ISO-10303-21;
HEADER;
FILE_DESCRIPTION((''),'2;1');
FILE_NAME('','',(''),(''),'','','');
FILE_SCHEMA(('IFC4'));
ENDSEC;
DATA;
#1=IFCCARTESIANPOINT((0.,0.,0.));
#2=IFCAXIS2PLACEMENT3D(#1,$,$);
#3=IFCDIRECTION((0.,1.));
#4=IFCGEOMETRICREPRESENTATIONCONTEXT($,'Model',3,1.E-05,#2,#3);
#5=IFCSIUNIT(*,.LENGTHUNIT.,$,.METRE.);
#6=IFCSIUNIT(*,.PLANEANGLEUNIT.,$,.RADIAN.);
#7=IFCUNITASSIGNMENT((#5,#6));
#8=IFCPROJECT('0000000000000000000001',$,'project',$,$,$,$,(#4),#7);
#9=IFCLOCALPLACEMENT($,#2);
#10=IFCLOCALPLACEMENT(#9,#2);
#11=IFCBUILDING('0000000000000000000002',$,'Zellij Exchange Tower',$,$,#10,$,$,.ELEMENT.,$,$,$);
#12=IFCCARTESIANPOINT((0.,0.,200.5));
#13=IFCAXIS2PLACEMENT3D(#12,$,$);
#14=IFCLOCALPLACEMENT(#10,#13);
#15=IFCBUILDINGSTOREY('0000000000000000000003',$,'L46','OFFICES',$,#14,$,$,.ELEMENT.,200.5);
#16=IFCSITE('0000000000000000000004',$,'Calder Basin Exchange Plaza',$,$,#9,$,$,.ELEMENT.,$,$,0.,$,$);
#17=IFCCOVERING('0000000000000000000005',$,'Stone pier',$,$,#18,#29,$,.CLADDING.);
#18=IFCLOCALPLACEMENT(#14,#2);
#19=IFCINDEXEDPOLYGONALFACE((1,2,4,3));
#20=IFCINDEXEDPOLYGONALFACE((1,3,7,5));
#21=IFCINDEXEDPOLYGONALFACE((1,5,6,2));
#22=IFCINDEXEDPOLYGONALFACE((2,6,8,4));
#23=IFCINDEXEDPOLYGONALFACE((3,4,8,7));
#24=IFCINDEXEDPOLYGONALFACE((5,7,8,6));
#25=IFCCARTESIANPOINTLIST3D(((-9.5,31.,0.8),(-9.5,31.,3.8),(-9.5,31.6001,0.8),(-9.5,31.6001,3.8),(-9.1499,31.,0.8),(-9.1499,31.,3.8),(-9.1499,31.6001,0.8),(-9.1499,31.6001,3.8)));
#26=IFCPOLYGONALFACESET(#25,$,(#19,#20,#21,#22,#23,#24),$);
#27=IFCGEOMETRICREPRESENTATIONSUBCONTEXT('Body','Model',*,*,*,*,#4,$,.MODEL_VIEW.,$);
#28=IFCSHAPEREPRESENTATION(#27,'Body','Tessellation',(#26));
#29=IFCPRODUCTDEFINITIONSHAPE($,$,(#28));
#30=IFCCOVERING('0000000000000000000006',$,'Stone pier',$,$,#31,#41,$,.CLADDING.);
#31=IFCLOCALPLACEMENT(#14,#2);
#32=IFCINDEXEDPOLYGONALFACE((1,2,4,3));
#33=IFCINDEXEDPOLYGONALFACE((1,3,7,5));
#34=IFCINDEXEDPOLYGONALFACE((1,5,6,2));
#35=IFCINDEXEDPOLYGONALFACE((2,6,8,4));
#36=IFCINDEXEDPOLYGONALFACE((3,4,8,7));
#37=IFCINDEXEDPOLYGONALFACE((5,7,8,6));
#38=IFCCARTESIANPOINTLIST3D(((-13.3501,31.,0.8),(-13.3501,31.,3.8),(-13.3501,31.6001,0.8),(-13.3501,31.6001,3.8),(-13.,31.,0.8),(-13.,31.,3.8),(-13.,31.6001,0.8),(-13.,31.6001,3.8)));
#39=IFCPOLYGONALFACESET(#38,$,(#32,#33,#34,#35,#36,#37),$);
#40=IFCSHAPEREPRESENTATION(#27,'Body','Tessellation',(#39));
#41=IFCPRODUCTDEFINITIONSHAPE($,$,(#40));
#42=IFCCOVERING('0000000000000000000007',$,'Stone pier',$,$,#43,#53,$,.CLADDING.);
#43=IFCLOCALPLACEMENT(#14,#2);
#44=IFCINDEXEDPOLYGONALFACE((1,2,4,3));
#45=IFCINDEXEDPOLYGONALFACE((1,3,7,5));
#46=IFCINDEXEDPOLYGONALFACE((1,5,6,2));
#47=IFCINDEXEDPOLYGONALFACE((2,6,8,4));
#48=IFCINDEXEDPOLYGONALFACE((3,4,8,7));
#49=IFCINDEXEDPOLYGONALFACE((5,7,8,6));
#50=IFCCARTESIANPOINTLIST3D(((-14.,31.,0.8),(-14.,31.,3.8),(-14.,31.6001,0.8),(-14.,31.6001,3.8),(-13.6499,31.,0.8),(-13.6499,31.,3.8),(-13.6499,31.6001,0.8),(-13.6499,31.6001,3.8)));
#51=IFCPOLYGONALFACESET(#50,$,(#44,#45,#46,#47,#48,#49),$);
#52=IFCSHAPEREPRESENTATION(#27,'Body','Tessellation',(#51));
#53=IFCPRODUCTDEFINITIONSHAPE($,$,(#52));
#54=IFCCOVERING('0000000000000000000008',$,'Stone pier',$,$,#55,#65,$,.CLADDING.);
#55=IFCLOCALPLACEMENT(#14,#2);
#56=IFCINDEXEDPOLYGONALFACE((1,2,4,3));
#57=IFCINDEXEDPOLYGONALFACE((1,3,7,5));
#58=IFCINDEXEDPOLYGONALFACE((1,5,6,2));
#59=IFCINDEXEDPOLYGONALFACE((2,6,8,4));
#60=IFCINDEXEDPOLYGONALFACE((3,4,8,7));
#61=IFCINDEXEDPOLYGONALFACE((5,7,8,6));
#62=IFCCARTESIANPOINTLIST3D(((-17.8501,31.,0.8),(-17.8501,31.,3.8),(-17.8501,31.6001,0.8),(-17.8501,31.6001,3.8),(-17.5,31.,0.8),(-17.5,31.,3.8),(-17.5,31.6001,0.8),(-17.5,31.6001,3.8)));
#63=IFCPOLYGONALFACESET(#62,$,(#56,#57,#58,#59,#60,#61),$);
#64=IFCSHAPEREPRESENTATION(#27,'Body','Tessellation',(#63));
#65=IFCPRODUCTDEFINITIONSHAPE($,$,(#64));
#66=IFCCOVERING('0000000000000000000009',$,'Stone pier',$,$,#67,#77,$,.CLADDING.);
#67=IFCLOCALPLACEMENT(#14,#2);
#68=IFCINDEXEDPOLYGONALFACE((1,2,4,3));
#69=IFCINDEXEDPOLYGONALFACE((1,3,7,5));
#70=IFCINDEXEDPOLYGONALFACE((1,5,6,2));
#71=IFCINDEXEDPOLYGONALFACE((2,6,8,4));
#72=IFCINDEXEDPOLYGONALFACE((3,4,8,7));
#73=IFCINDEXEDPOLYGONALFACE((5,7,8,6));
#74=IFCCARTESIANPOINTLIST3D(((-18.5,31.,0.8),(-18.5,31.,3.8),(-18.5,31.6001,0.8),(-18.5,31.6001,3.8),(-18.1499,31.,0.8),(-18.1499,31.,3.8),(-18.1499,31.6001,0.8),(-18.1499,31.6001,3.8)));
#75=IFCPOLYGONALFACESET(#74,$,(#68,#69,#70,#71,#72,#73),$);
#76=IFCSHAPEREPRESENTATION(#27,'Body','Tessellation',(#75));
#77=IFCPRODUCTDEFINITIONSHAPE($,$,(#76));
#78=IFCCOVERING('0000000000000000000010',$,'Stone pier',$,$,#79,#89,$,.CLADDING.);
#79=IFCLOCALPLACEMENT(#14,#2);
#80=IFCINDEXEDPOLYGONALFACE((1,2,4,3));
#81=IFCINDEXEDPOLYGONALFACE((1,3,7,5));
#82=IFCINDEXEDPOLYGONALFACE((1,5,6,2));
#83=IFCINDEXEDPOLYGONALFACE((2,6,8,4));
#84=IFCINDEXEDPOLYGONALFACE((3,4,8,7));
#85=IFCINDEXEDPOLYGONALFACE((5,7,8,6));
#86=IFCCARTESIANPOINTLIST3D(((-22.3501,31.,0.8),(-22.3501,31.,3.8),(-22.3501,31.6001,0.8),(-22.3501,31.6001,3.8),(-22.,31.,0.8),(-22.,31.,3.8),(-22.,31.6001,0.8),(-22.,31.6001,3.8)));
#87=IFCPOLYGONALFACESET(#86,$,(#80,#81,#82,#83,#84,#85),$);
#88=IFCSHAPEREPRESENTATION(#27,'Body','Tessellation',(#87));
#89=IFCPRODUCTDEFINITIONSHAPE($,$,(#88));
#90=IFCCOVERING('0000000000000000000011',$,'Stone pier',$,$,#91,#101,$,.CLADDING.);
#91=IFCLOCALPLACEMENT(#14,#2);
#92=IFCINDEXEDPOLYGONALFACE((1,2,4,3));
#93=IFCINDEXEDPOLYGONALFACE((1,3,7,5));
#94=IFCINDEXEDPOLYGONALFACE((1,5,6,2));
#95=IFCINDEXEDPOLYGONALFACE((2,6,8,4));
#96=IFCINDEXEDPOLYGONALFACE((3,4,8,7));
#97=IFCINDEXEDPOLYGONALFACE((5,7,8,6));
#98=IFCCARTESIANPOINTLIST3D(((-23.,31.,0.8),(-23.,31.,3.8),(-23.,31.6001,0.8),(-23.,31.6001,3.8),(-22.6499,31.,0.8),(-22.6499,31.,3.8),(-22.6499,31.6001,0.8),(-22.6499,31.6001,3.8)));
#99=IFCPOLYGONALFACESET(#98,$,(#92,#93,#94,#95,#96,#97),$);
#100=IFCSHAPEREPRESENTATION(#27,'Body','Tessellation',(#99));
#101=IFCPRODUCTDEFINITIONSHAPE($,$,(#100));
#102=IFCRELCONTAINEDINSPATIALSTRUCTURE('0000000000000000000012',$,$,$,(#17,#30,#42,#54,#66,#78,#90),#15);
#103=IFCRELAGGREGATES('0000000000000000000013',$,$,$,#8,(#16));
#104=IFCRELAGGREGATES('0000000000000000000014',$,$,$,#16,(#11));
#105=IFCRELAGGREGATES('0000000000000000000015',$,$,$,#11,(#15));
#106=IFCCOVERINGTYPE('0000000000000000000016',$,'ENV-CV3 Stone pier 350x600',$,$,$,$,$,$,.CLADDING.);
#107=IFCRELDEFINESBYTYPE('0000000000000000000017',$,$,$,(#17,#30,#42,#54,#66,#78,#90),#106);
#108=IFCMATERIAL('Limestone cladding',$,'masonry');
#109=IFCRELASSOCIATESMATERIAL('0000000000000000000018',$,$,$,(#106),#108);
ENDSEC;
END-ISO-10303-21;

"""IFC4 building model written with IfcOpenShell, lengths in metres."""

from ifc_helpers import new_model, si_unit, direction, frame, origin, place, context, subcontext, project, spatial, polyline, outline, extrude, material, type_object, element, save


model = new_model("IFC4")

# Units and contexts
model_context = context("Model", 3, precision=1e-05, world=origin(), true_north=direction((0.0, 1.0)))
body_context = subcontext(model_context, "Body", "Model", "MODEL_VIEW")
ifc_project = project(units=[si_unit("LENGTHUNIT", "METRE"), si_unit("PLANEANGLEUNIT", "RADIAN")], contexts=[model_context])

# Site, building, storey
site_placement = place(None, origin())
site = spatial("IfcSite", under=ifc_project, at=site_placement, Name="Calder Basin Exchange Plaza", CompositionType="ELEMENT", RefElevation=0.0)
building_placement = place(site_placement, origin())
building = spatial("IfcBuilding", under=site, at=building_placement, Name="Zellij Exchange Tower", CompositionType="ELEMENT")
storey_placement = place(building_placement, frame((0.0, 0.0, 200.5)))
storey = spatial("IfcBuildingStorey", under=building, at=storey_placement, Name="L46", Description="OFFICES", CompositionType="ELEMENT", Elevation=200.5)

# Coverings
ifc_material = material(Name="Limestone cladding", Category="masonry")
covering_type = type_object("IfcCoveringType", Name="ENV-CV3 Stone pier 350x600", PredefinedType="CLADDING", material=ifc_material)
covering_1_placement = place(storey_placement, frame((0.0, 0.0, 0.8)))
element("IfcCovering", 1, at=covering_1_placement, inside=storey, type_object=covering_type, Name="Stone pier", PredefinedType="CLADDING", context=body_context, shape_type="SweptSolid", body=[
    extrude(outline(polyline([(-9.1499, 31.0), (-9.5, 31.0), (-9.5, 31.6001), (-9.1499, 31.6001), (-9.1499, 31.0)])), origin(), (0.0, 0.0, 1.0), 3.0),
])
covering_2_placement = place(storey_placement, frame((0.0, 0.0, 0.8)))
element("IfcCovering", 2, at=covering_2_placement, inside=storey, type_object=covering_type, Name="Stone pier", PredefinedType="CLADDING", context=body_context, shape_type="SweptSolid", body=[
    extrude(outline(polyline([(-13.0, 31.0), (-13.3501, 31.0), (-13.3501, 31.6001), (-13.0, 31.6001), (-13.0, 31.0)])), origin(), (0.0, 0.0, 1.0), 3.0),
])
covering_3_placement = place(storey_placement, frame((0.0, 0.0, 0.8)))
element("IfcCovering", 3, at=covering_3_placement, inside=storey, type_object=covering_type, Name="Stone pier", PredefinedType="CLADDING", context=body_context, shape_type="SweptSolid", body=[
    extrude(outline(polyline([(-13.6499, 31.0), (-14.0, 31.0), (-14.0, 31.6001), (-13.6499, 31.6001), (-13.6499, 31.0)])), origin(), (0.0, 0.0, 1.0), 3.0),
])
covering_4_placement = place(storey_placement, frame((0.0, 0.0, 0.8)))
element("IfcCovering", 4, at=covering_4_placement, inside=storey, type_object=covering_type, Name="Stone pier", PredefinedType="CLADDING", context=body_context, shape_type="SweptSolid", body=[
    extrude(outline(polyline([(-17.5, 31.0), (-17.8501, 31.0), (-17.8501, 31.6001), (-17.5, 31.6001), (-17.5, 31.0)])), origin(), (0.0, 0.0, 1.0), 3.0),
])
covering_5_placement = place(storey_placement, frame((0.0, 0.0, 0.8)))
element("IfcCovering", 5, at=covering_5_placement, inside=storey, type_object=covering_type, Name="Stone pier", PredefinedType="CLADDING", context=body_context, shape_type="SweptSolid", body=[
    extrude(outline(polyline([(-18.1499, 31.0), (-18.5, 31.0), (-18.5, 31.6001), (-18.1499, 31.6001), (-18.1499, 31.0)])), origin(), (0.0, 0.0, 1.0), 3.0),
])
covering_6_placement = place(storey_placement, frame((0.0, 0.0, 0.8)))
element("IfcCovering", 6, at=covering_6_placement, inside=storey, type_object=covering_type, Name="Stone pier", PredefinedType="CLADDING", context=body_context, shape_type="SweptSolid", body=[
    extrude(outline(polyline([(-22.0, 31.0), (-22.3501, 31.0), (-22.3501, 31.6001), (-22.0, 31.6001), (-22.0, 31.0)])), origin(), (0.0, 0.0, 1.0), 3.0),
])
covering_7_placement = place(storey_placement, frame((0.0, 0.0, 0.8)))
element("IfcCovering", 7, at=covering_7_placement, inside=storey, type_object=covering_type, Name="Stone pier", PredefinedType="CLADDING", context=body_context, shape_type="SweptSolid", body=[
    extrude(outline(polyline([(-22.6499, 31.0), (-23.0, 31.0), (-23.0, 31.6001), (-22.6499, 31.6001), (-22.6499, 31.0)])), origin(), (0.0, 0.0, 1.0), 3.0),
])

save(model, "model.ifc")
